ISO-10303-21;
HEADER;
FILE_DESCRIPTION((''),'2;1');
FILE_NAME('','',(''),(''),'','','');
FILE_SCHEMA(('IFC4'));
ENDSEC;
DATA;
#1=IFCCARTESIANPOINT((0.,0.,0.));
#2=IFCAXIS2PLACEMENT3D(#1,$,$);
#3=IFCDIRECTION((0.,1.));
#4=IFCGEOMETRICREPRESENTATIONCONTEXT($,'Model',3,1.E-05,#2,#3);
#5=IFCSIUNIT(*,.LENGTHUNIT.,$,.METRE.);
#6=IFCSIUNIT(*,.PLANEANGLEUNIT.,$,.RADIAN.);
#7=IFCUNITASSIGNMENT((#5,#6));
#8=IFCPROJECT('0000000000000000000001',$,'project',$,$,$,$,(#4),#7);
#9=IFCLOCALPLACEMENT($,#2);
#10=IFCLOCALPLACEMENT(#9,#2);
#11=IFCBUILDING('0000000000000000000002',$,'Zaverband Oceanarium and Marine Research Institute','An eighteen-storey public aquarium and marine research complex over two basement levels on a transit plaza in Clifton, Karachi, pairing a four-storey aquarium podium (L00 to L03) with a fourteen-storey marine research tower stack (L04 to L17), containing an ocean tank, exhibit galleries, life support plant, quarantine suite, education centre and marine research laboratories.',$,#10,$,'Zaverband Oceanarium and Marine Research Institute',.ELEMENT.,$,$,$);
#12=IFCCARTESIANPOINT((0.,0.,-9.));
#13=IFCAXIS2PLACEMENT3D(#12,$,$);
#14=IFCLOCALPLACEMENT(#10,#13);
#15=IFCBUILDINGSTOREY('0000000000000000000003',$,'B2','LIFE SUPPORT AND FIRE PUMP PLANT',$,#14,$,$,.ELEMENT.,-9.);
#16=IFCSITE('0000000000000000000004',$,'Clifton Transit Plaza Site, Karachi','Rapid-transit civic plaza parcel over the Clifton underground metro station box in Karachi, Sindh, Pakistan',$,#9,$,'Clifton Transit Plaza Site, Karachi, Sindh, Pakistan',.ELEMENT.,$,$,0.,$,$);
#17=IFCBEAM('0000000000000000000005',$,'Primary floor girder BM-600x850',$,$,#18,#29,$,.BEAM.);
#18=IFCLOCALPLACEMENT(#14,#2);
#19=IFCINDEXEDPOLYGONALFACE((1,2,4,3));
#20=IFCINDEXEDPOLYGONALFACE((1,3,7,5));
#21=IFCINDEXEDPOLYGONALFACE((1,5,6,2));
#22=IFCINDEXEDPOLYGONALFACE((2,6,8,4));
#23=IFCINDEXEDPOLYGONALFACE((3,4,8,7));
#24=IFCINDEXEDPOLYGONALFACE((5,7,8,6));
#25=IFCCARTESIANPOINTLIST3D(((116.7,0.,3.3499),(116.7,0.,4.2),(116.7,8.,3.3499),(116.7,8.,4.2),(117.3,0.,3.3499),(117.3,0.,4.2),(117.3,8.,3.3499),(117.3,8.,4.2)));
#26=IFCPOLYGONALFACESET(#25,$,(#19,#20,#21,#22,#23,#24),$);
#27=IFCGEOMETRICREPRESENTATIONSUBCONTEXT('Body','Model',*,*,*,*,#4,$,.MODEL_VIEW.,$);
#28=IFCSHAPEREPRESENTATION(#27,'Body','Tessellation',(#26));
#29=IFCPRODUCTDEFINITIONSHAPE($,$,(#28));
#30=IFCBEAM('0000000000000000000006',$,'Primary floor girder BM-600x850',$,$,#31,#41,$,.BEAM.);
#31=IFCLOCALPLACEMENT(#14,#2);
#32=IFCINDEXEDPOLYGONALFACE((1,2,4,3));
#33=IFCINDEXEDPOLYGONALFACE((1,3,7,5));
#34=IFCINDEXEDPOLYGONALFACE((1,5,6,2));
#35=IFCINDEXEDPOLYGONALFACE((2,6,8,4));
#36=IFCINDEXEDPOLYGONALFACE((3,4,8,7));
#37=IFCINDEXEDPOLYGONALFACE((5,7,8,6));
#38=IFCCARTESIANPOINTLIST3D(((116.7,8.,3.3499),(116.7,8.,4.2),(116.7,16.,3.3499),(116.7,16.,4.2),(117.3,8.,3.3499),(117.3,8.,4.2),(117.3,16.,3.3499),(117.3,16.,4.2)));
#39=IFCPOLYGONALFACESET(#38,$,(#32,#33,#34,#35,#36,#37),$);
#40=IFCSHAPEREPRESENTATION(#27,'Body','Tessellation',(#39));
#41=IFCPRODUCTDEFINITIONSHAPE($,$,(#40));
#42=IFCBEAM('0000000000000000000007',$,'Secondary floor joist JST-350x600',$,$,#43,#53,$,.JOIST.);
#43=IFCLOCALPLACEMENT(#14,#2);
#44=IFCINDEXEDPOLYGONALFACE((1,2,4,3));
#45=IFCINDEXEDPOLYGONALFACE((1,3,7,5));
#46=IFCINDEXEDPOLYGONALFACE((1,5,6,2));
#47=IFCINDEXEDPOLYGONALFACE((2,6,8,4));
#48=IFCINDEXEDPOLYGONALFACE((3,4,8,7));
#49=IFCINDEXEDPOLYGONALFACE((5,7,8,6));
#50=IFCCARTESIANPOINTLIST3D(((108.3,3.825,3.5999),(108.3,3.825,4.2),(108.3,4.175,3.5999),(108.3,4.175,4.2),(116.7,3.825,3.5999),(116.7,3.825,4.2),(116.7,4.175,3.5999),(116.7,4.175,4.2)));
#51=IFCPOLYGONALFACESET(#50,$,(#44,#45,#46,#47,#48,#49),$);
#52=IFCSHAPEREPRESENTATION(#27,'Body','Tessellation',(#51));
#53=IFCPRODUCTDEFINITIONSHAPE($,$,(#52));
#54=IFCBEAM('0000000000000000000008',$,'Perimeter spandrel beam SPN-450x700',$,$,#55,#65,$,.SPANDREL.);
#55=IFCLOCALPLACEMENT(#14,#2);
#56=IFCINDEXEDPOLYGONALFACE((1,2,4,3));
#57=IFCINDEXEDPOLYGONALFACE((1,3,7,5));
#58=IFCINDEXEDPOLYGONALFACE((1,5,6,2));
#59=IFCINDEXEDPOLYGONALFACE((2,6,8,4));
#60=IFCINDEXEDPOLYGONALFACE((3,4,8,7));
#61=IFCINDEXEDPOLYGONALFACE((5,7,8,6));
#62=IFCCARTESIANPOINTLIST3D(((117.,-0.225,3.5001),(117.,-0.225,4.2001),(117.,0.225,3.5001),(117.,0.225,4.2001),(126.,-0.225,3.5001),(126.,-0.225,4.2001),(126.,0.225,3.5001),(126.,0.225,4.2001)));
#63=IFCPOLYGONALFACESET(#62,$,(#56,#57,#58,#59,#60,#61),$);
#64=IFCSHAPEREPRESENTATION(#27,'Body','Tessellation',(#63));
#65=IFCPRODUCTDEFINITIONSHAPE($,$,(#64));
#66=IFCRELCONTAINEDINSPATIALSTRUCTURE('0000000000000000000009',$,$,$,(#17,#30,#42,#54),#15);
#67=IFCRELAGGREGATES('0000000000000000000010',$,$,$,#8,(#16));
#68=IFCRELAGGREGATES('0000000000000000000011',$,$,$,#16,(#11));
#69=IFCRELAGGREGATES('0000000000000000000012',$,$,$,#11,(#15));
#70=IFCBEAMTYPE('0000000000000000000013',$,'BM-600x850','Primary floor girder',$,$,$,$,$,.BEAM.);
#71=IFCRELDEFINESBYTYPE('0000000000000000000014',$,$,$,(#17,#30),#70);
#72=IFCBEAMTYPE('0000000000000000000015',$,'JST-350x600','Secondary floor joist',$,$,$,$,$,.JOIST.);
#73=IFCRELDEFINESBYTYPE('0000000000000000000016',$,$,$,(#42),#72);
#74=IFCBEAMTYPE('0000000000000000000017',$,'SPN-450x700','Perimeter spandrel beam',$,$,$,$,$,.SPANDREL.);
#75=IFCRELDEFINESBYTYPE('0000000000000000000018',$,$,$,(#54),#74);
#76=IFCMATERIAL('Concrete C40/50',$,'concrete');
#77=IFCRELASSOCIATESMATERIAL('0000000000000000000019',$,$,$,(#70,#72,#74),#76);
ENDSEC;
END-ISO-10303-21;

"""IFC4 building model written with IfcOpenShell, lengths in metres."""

from ifc_helpers import new_model, si_unit, direction, frame, origin, origin_2d, place, context, subcontext, project, spatial, rectangle, extrude, material, material_profile, profile_set, type_object, element, save


model = new_model("IFC4")

# Units and contexts
model_context = context("Model", 3, precision=1e-05, world=origin(), true_north=direction((0.0, 1.0)))
body_context = subcontext(model_context, "Body", "Model", "MODEL_VIEW")
ifc_project = project(units=[si_unit("LENGTHUNIT", "METRE"), si_unit("PLANEANGLEUNIT", "RADIAN")], contexts=[model_context])

# Site, building, storey
site_placement = place(None, origin())
site = spatial("IfcSite", under=ifc_project, at=site_placement, Name="Clifton Transit Plaza Site, Karachi", Description="Rapid-transit civic plaza parcel over the Clifton underground metro station box in Karachi, Sindh, Pakistan", LongName="Clifton Transit Plaza Site, Karachi, Sindh, Pakistan", CompositionType="ELEMENT", RefElevation=0.0)
building_placement = place(site_placement, origin())
building = spatial("IfcBuilding", under=site, at=building_placement, Name="Zaverband Oceanarium and Marine Research Institute", Description="An eighteen-storey public aquarium and marine research complex over two basement levels on a transit plaza in Clifton, Karachi, pairing a four-storey aquarium podium (L00 to L03) with a fourteen-storey marine research tower stack (L04 to L17), containing an ocean tank, exhibit galleries, life support plant, quarantine suite, education centre and marine research laboratories.", LongName="Zaverband Oceanarium and Marine Research Institute", CompositionType="ELEMENT")
storey_placement = place(building_placement, frame((0.0, 0.0, -9.0)))
storey = spatial("IfcBuildingStorey", under=building, at=storey_placement, Name="B2", Description="LIFE SUPPORT AND FIRE PUMP PLANT", CompositionType="ELEMENT", Elevation=-9.0)

# Shared definitions
ifc_material_1 = material(Name="Concrete C40/50", Category="concrete")

# Beams
ifc_material_profile_1 = material_profile(ifc_material_1, rectangle(XDim=0.6001, YDim=0.8501, at=origin_2d()), Name="RC600x850")
ifc_profile_set_1 = profile_set([ifc_material_profile_1], Name="Concrete C40/50")
beam_type_1 = type_object("IfcBeamType", Name="BM-600x850", Description="Primary floor girder", PredefinedType="BEAM", material=ifc_profile_set_1)
for number, where, z_axis, x_axis, name in (
    (1, (117.0, 0.0, 3.7749), (0.0, 1.0, 0.0), (-1.0, 0.0, 0.0), "Primary floor girder BM-600x850"),
    (2, (117.0, 8.0, 3.7749), (0.0, 1.0, 0.0), (-1.0, 0.0, 0.0), "Primary floor girder BM-600x850"),
):
    element("IfcBeam", number, at=place(storey_placement, frame(where, z_axis=z_axis, x_axis=x_axis)), inside=storey, type_object=beam_type_1, Name=name, PredefinedType="BEAM", context=body_context, shape_type="SweptSolid", body=[
        extrude(rectangle(XDim=0.6001, YDim=0.8501, at=origin_2d()), origin(), (0.0, 0.0, 1.0), 8.0),
    ])
ifc_material_profile_2 = material_profile(ifc_material_1, rectangle(XDim=0.3501, YDim=0.6001, at=origin_2d()), Name="RC350x600")
ifc_profile_set_2 = profile_set([ifc_material_profile_2], Name="Concrete C40/50")
beam_type_2 = type_object("IfcBeamType", Name="JST-350x600", Description="Secondary floor joist", PredefinedType="JOIST", material=ifc_profile_set_2)
beam_1_placement = place(storey_placement, frame((108.3, 4.0, 3.8999), z_axis=(1.0, 0.0, 0.0), x_axis=(0.0, 1.0, 0.0)))
element("IfcBeam", 3, at=beam_1_placement, inside=storey, type_object=beam_type_2, Name="Secondary floor joist JST-350x600", PredefinedType="JOIST", context=body_context, shape_type="SweptSolid", body=[
    extrude(rectangle(XDim=0.3501, YDim=0.6001, at=origin_2d()), origin(), (0.0, 0.0, 1.0), 8.3999),
])
ifc_material_profile_3 = material_profile(ifc_material_1, rectangle(XDim=0.45, YDim=0.7, at=origin_2d()), Name="RC450x700")
ifc_profile_set_3 = profile_set([ifc_material_profile_3], Name="Concrete C40/50")
beam_type_3 = type_object("IfcBeamType", Name="SPN-450x700", Description="Perimeter spandrel beam", PredefinedType="SPANDREL", material=ifc_profile_set_3)
beam_2_placement = place(storey_placement, frame((117.0, 0.0, 3.8501), z_axis=(1.0, 0.0, 0.0), x_axis=(0.0, 1.0, 0.0)))
element("IfcBeam", 4, at=beam_2_placement, inside=storey, type_object=beam_type_3, Name="Perimeter spandrel beam SPN-450x700", PredefinedType="SPANDREL", context=body_context, shape_type="SweptSolid", body=[
    extrude(rectangle(XDim=0.45, YDim=0.7, at=origin_2d()), origin(), (0.0, 0.0, 1.0), 9.0),
])

save(model, "model.ifc")
